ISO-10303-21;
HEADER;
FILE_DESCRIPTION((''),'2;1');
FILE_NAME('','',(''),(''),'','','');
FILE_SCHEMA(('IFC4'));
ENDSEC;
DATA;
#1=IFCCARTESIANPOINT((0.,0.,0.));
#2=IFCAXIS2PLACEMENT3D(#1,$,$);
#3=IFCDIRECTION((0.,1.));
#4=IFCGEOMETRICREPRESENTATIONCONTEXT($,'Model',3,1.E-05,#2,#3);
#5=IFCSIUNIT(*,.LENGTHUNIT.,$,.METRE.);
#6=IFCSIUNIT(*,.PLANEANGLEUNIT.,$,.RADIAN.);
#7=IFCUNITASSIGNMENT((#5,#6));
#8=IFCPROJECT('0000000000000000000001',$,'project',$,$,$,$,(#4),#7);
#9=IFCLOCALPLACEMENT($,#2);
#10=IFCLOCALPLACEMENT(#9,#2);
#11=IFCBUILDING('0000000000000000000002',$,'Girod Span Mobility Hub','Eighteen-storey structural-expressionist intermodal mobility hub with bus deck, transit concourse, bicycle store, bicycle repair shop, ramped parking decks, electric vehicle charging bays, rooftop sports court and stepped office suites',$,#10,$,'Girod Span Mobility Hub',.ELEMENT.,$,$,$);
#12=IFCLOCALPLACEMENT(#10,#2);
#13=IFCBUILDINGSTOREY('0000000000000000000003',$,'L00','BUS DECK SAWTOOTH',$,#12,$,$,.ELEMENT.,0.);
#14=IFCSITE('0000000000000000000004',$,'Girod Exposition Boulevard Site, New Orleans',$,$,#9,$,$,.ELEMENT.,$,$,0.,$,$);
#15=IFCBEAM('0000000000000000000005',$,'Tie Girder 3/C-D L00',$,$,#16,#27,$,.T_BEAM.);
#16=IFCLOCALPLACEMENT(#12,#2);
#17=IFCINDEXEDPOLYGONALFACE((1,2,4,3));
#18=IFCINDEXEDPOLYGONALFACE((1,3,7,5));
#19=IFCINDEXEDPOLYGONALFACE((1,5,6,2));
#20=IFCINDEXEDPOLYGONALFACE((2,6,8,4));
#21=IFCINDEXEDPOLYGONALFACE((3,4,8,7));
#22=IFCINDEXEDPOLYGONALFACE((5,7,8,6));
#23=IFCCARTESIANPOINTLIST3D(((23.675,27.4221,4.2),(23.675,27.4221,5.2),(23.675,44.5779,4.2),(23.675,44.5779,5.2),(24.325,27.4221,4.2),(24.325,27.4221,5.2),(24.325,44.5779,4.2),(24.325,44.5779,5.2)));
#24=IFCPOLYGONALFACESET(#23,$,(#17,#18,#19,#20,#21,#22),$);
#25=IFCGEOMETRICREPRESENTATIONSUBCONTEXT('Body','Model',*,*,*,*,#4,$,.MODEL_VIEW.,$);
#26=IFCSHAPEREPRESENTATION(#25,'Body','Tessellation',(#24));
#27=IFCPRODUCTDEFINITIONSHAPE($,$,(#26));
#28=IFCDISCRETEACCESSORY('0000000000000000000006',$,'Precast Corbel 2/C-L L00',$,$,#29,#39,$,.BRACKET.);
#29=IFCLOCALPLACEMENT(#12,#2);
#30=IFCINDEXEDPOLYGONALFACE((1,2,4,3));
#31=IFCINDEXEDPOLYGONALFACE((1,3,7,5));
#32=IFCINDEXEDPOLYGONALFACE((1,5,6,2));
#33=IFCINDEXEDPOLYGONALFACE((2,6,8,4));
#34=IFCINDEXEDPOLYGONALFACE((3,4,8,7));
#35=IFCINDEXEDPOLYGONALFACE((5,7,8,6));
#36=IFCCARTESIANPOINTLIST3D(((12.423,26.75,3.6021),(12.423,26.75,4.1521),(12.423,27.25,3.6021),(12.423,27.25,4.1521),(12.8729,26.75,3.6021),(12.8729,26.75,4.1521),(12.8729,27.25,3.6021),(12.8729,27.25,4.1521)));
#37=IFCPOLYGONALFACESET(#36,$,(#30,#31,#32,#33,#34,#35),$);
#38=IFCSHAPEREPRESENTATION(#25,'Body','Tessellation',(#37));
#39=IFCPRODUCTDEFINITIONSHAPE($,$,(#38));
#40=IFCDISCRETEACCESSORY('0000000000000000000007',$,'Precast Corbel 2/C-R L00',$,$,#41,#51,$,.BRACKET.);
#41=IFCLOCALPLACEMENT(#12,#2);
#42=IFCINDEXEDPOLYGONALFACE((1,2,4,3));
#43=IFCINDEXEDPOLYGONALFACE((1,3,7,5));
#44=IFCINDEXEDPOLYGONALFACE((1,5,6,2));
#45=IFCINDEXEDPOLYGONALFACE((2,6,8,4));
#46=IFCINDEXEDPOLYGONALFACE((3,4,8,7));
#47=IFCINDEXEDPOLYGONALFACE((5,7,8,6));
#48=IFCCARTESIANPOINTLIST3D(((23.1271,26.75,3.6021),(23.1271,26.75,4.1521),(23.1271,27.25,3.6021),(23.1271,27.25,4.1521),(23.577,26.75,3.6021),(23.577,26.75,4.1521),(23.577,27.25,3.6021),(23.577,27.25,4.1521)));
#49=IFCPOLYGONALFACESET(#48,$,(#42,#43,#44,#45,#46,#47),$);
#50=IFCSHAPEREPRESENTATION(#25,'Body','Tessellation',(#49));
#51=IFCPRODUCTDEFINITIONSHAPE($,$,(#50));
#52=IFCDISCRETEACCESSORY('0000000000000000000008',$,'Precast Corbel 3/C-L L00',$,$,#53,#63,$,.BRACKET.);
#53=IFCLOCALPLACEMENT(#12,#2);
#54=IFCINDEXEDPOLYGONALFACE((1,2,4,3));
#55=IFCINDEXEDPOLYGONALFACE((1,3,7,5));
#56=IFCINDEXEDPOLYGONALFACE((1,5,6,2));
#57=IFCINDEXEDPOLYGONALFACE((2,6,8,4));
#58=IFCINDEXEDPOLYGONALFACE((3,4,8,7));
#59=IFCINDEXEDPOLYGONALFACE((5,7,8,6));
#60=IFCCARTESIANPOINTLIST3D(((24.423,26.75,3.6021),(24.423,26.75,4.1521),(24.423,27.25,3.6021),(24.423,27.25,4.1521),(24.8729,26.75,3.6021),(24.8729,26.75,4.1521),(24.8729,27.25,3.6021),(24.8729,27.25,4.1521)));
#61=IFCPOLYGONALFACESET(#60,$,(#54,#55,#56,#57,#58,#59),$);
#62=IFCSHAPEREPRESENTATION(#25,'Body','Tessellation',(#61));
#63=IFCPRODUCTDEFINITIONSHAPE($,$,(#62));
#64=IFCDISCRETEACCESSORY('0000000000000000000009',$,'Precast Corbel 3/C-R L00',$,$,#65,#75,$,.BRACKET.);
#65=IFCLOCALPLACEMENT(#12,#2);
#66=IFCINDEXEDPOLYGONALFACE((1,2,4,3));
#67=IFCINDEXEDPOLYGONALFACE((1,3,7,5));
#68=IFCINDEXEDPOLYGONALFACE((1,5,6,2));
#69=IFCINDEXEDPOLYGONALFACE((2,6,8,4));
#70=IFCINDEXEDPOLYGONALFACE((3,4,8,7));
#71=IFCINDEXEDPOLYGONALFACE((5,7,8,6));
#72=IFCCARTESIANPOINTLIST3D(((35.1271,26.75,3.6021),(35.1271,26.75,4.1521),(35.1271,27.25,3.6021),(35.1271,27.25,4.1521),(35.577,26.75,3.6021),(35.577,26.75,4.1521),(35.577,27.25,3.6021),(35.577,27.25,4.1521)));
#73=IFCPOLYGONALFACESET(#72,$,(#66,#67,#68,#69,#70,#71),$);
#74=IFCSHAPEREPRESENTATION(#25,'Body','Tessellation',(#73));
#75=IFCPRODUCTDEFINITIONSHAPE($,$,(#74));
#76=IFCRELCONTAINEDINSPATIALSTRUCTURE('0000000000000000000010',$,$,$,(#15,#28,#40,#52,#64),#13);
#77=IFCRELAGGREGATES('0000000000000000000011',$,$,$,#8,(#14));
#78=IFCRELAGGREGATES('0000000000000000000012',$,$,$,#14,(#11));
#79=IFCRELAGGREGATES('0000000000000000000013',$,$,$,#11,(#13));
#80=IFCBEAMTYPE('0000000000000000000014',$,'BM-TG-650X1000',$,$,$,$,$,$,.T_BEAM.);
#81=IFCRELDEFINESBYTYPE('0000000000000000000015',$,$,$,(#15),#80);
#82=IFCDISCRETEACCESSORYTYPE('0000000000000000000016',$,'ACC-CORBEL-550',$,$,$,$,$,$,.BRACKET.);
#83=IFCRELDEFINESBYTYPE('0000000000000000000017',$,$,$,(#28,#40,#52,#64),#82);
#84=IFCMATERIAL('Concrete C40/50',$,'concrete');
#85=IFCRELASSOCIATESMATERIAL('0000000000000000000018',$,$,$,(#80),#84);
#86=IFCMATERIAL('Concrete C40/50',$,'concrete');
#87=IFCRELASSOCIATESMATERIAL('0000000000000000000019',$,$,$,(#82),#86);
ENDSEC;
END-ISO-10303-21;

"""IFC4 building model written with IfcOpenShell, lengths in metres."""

from ifc_helpers import new_model, si_unit, direction, frame, origin, origin_2d, place, context, subcontext, project, spatial, rectangle, extrude, material, material_profile, profile_set, type_object, element, save


model = new_model("IFC4")

# Units and contexts
model_context = context("Model", 3, precision=1e-05, world=origin(), true_north=direction((0.0, 1.0)))
body_context = subcontext(model_context, "Body", "Model", "MODEL_VIEW")
ifc_project = project(units=[si_unit("LENGTHUNIT", "METRE"), si_unit("PLANEANGLEUNIT", "RADIAN")], contexts=[model_context])

# Site, building, storey
site_placement = place(None, origin())
site = spatial("IfcSite", under=ifc_project, at=site_placement, Name="Girod Exposition Boulevard Site, New Orleans", CompositionType="ELEMENT", RefElevation=0.0)
building_placement = place(site_placement, origin())
building = spatial("IfcBuilding", under=site, at=building_placement, Name="Girod Span Mobility Hub", Description="Eighteen-storey structural-expressionist intermodal mobility hub with bus deck, transit concourse, bicycle store, bicycle repair shop, ramped parking decks, electric vehicle charging bays, rooftop sports court and stepped office suites", LongName="Girod Span Mobility Hub", CompositionType="ELEMENT")
storey_placement = place(building_placement, origin())
storey = spatial("IfcBuildingStorey", under=building, at=storey_placement, Name="L00", Description="BUS DECK SAWTOOTH", CompositionType="ELEMENT", Elevation=0.0)

# Beam
ifc_material_1 = material(Name="Concrete C40/50", Category="concrete")
ifc_material_profile_1 = material_profile(ifc_material_1, rectangle(XDim=0.6499, YDim=1.0, at=origin_2d()), Name="TG-650X1000")
ifc_profile_set_1 = profile_set([ifc_material_profile_1], Name="Concrete C40/50")
beam_type_1 = type_object("IfcBeamType", Name="BM-TG-650X1000", PredefinedType="T_BEAM", material=ifc_profile_set_1)
beam_1_placement = place(storey_placement, frame((24.0, 27.4221, 4.7), z_axis=(0.0, 1.0, 0.0), x_axis=(-1.0, 0.0, 0.0)))
element("IfcBeam", 1, at=beam_1_placement, inside=storey, type_object=beam_type_1, Name="Tie Girder 3/C-D L00", PredefinedType="T_BEAM", context=body_context, shape_type="SweptSolid", body=[
    extrude(rectangle(XDim=0.6499, YDim=1.0, at=origin_2d()), origin(), (0.0, 0.0, 1.0), 17.1558),
])

# Discrete accessories
ifc_material_2 = material(Name="Concrete C40/50", Category="concrete")
discrete_accessory_type = type_object("IfcDiscreteAccessoryType", Name="ACC-CORBEL-550", PredefinedType="BRACKET", material=ifc_material_2)
for number, where, z_axis, x_axis, name in (
    (2, (12.6479, 27.0, 3.6021), (0.0, 0.0, 1.0), (1.0, 0.0, 0.0), "Precast Corbel 2/C-L L00"),
    (3, (23.3521, 27.0, 3.6021), (0.0, 0.0, 1.0), (1.0, 0.0, 0.0), "Precast Corbel 2/C-R L00"),
    (4, (24.6479, 27.0, 3.6021), (0.0, 0.0, 1.0), (1.0, 0.0, 0.0), "Precast Corbel 3/C-L L00"),
    (5, (35.3521, 27.0, 3.6021), (0.0, 0.0, 1.0), (1.0, 0.0, 0.0), "Precast Corbel 3/C-R L00"),
):
    element("IfcDiscreteAccessory", number, at=place(storey_placement, frame(where, z_axis=z_axis, x_axis=x_axis)), inside=storey, type_object=discrete_accessory_type, Name=name, PredefinedType="BRACKET", context=body_context, shape_type="SweptSolid", body=[
        extrude(rectangle(XDim=0.45, YDim=0.5, at=origin_2d()), origin(), (0.0, 0.0, 1.0), 0.55),
    ])

save(model, "model.ifc")
